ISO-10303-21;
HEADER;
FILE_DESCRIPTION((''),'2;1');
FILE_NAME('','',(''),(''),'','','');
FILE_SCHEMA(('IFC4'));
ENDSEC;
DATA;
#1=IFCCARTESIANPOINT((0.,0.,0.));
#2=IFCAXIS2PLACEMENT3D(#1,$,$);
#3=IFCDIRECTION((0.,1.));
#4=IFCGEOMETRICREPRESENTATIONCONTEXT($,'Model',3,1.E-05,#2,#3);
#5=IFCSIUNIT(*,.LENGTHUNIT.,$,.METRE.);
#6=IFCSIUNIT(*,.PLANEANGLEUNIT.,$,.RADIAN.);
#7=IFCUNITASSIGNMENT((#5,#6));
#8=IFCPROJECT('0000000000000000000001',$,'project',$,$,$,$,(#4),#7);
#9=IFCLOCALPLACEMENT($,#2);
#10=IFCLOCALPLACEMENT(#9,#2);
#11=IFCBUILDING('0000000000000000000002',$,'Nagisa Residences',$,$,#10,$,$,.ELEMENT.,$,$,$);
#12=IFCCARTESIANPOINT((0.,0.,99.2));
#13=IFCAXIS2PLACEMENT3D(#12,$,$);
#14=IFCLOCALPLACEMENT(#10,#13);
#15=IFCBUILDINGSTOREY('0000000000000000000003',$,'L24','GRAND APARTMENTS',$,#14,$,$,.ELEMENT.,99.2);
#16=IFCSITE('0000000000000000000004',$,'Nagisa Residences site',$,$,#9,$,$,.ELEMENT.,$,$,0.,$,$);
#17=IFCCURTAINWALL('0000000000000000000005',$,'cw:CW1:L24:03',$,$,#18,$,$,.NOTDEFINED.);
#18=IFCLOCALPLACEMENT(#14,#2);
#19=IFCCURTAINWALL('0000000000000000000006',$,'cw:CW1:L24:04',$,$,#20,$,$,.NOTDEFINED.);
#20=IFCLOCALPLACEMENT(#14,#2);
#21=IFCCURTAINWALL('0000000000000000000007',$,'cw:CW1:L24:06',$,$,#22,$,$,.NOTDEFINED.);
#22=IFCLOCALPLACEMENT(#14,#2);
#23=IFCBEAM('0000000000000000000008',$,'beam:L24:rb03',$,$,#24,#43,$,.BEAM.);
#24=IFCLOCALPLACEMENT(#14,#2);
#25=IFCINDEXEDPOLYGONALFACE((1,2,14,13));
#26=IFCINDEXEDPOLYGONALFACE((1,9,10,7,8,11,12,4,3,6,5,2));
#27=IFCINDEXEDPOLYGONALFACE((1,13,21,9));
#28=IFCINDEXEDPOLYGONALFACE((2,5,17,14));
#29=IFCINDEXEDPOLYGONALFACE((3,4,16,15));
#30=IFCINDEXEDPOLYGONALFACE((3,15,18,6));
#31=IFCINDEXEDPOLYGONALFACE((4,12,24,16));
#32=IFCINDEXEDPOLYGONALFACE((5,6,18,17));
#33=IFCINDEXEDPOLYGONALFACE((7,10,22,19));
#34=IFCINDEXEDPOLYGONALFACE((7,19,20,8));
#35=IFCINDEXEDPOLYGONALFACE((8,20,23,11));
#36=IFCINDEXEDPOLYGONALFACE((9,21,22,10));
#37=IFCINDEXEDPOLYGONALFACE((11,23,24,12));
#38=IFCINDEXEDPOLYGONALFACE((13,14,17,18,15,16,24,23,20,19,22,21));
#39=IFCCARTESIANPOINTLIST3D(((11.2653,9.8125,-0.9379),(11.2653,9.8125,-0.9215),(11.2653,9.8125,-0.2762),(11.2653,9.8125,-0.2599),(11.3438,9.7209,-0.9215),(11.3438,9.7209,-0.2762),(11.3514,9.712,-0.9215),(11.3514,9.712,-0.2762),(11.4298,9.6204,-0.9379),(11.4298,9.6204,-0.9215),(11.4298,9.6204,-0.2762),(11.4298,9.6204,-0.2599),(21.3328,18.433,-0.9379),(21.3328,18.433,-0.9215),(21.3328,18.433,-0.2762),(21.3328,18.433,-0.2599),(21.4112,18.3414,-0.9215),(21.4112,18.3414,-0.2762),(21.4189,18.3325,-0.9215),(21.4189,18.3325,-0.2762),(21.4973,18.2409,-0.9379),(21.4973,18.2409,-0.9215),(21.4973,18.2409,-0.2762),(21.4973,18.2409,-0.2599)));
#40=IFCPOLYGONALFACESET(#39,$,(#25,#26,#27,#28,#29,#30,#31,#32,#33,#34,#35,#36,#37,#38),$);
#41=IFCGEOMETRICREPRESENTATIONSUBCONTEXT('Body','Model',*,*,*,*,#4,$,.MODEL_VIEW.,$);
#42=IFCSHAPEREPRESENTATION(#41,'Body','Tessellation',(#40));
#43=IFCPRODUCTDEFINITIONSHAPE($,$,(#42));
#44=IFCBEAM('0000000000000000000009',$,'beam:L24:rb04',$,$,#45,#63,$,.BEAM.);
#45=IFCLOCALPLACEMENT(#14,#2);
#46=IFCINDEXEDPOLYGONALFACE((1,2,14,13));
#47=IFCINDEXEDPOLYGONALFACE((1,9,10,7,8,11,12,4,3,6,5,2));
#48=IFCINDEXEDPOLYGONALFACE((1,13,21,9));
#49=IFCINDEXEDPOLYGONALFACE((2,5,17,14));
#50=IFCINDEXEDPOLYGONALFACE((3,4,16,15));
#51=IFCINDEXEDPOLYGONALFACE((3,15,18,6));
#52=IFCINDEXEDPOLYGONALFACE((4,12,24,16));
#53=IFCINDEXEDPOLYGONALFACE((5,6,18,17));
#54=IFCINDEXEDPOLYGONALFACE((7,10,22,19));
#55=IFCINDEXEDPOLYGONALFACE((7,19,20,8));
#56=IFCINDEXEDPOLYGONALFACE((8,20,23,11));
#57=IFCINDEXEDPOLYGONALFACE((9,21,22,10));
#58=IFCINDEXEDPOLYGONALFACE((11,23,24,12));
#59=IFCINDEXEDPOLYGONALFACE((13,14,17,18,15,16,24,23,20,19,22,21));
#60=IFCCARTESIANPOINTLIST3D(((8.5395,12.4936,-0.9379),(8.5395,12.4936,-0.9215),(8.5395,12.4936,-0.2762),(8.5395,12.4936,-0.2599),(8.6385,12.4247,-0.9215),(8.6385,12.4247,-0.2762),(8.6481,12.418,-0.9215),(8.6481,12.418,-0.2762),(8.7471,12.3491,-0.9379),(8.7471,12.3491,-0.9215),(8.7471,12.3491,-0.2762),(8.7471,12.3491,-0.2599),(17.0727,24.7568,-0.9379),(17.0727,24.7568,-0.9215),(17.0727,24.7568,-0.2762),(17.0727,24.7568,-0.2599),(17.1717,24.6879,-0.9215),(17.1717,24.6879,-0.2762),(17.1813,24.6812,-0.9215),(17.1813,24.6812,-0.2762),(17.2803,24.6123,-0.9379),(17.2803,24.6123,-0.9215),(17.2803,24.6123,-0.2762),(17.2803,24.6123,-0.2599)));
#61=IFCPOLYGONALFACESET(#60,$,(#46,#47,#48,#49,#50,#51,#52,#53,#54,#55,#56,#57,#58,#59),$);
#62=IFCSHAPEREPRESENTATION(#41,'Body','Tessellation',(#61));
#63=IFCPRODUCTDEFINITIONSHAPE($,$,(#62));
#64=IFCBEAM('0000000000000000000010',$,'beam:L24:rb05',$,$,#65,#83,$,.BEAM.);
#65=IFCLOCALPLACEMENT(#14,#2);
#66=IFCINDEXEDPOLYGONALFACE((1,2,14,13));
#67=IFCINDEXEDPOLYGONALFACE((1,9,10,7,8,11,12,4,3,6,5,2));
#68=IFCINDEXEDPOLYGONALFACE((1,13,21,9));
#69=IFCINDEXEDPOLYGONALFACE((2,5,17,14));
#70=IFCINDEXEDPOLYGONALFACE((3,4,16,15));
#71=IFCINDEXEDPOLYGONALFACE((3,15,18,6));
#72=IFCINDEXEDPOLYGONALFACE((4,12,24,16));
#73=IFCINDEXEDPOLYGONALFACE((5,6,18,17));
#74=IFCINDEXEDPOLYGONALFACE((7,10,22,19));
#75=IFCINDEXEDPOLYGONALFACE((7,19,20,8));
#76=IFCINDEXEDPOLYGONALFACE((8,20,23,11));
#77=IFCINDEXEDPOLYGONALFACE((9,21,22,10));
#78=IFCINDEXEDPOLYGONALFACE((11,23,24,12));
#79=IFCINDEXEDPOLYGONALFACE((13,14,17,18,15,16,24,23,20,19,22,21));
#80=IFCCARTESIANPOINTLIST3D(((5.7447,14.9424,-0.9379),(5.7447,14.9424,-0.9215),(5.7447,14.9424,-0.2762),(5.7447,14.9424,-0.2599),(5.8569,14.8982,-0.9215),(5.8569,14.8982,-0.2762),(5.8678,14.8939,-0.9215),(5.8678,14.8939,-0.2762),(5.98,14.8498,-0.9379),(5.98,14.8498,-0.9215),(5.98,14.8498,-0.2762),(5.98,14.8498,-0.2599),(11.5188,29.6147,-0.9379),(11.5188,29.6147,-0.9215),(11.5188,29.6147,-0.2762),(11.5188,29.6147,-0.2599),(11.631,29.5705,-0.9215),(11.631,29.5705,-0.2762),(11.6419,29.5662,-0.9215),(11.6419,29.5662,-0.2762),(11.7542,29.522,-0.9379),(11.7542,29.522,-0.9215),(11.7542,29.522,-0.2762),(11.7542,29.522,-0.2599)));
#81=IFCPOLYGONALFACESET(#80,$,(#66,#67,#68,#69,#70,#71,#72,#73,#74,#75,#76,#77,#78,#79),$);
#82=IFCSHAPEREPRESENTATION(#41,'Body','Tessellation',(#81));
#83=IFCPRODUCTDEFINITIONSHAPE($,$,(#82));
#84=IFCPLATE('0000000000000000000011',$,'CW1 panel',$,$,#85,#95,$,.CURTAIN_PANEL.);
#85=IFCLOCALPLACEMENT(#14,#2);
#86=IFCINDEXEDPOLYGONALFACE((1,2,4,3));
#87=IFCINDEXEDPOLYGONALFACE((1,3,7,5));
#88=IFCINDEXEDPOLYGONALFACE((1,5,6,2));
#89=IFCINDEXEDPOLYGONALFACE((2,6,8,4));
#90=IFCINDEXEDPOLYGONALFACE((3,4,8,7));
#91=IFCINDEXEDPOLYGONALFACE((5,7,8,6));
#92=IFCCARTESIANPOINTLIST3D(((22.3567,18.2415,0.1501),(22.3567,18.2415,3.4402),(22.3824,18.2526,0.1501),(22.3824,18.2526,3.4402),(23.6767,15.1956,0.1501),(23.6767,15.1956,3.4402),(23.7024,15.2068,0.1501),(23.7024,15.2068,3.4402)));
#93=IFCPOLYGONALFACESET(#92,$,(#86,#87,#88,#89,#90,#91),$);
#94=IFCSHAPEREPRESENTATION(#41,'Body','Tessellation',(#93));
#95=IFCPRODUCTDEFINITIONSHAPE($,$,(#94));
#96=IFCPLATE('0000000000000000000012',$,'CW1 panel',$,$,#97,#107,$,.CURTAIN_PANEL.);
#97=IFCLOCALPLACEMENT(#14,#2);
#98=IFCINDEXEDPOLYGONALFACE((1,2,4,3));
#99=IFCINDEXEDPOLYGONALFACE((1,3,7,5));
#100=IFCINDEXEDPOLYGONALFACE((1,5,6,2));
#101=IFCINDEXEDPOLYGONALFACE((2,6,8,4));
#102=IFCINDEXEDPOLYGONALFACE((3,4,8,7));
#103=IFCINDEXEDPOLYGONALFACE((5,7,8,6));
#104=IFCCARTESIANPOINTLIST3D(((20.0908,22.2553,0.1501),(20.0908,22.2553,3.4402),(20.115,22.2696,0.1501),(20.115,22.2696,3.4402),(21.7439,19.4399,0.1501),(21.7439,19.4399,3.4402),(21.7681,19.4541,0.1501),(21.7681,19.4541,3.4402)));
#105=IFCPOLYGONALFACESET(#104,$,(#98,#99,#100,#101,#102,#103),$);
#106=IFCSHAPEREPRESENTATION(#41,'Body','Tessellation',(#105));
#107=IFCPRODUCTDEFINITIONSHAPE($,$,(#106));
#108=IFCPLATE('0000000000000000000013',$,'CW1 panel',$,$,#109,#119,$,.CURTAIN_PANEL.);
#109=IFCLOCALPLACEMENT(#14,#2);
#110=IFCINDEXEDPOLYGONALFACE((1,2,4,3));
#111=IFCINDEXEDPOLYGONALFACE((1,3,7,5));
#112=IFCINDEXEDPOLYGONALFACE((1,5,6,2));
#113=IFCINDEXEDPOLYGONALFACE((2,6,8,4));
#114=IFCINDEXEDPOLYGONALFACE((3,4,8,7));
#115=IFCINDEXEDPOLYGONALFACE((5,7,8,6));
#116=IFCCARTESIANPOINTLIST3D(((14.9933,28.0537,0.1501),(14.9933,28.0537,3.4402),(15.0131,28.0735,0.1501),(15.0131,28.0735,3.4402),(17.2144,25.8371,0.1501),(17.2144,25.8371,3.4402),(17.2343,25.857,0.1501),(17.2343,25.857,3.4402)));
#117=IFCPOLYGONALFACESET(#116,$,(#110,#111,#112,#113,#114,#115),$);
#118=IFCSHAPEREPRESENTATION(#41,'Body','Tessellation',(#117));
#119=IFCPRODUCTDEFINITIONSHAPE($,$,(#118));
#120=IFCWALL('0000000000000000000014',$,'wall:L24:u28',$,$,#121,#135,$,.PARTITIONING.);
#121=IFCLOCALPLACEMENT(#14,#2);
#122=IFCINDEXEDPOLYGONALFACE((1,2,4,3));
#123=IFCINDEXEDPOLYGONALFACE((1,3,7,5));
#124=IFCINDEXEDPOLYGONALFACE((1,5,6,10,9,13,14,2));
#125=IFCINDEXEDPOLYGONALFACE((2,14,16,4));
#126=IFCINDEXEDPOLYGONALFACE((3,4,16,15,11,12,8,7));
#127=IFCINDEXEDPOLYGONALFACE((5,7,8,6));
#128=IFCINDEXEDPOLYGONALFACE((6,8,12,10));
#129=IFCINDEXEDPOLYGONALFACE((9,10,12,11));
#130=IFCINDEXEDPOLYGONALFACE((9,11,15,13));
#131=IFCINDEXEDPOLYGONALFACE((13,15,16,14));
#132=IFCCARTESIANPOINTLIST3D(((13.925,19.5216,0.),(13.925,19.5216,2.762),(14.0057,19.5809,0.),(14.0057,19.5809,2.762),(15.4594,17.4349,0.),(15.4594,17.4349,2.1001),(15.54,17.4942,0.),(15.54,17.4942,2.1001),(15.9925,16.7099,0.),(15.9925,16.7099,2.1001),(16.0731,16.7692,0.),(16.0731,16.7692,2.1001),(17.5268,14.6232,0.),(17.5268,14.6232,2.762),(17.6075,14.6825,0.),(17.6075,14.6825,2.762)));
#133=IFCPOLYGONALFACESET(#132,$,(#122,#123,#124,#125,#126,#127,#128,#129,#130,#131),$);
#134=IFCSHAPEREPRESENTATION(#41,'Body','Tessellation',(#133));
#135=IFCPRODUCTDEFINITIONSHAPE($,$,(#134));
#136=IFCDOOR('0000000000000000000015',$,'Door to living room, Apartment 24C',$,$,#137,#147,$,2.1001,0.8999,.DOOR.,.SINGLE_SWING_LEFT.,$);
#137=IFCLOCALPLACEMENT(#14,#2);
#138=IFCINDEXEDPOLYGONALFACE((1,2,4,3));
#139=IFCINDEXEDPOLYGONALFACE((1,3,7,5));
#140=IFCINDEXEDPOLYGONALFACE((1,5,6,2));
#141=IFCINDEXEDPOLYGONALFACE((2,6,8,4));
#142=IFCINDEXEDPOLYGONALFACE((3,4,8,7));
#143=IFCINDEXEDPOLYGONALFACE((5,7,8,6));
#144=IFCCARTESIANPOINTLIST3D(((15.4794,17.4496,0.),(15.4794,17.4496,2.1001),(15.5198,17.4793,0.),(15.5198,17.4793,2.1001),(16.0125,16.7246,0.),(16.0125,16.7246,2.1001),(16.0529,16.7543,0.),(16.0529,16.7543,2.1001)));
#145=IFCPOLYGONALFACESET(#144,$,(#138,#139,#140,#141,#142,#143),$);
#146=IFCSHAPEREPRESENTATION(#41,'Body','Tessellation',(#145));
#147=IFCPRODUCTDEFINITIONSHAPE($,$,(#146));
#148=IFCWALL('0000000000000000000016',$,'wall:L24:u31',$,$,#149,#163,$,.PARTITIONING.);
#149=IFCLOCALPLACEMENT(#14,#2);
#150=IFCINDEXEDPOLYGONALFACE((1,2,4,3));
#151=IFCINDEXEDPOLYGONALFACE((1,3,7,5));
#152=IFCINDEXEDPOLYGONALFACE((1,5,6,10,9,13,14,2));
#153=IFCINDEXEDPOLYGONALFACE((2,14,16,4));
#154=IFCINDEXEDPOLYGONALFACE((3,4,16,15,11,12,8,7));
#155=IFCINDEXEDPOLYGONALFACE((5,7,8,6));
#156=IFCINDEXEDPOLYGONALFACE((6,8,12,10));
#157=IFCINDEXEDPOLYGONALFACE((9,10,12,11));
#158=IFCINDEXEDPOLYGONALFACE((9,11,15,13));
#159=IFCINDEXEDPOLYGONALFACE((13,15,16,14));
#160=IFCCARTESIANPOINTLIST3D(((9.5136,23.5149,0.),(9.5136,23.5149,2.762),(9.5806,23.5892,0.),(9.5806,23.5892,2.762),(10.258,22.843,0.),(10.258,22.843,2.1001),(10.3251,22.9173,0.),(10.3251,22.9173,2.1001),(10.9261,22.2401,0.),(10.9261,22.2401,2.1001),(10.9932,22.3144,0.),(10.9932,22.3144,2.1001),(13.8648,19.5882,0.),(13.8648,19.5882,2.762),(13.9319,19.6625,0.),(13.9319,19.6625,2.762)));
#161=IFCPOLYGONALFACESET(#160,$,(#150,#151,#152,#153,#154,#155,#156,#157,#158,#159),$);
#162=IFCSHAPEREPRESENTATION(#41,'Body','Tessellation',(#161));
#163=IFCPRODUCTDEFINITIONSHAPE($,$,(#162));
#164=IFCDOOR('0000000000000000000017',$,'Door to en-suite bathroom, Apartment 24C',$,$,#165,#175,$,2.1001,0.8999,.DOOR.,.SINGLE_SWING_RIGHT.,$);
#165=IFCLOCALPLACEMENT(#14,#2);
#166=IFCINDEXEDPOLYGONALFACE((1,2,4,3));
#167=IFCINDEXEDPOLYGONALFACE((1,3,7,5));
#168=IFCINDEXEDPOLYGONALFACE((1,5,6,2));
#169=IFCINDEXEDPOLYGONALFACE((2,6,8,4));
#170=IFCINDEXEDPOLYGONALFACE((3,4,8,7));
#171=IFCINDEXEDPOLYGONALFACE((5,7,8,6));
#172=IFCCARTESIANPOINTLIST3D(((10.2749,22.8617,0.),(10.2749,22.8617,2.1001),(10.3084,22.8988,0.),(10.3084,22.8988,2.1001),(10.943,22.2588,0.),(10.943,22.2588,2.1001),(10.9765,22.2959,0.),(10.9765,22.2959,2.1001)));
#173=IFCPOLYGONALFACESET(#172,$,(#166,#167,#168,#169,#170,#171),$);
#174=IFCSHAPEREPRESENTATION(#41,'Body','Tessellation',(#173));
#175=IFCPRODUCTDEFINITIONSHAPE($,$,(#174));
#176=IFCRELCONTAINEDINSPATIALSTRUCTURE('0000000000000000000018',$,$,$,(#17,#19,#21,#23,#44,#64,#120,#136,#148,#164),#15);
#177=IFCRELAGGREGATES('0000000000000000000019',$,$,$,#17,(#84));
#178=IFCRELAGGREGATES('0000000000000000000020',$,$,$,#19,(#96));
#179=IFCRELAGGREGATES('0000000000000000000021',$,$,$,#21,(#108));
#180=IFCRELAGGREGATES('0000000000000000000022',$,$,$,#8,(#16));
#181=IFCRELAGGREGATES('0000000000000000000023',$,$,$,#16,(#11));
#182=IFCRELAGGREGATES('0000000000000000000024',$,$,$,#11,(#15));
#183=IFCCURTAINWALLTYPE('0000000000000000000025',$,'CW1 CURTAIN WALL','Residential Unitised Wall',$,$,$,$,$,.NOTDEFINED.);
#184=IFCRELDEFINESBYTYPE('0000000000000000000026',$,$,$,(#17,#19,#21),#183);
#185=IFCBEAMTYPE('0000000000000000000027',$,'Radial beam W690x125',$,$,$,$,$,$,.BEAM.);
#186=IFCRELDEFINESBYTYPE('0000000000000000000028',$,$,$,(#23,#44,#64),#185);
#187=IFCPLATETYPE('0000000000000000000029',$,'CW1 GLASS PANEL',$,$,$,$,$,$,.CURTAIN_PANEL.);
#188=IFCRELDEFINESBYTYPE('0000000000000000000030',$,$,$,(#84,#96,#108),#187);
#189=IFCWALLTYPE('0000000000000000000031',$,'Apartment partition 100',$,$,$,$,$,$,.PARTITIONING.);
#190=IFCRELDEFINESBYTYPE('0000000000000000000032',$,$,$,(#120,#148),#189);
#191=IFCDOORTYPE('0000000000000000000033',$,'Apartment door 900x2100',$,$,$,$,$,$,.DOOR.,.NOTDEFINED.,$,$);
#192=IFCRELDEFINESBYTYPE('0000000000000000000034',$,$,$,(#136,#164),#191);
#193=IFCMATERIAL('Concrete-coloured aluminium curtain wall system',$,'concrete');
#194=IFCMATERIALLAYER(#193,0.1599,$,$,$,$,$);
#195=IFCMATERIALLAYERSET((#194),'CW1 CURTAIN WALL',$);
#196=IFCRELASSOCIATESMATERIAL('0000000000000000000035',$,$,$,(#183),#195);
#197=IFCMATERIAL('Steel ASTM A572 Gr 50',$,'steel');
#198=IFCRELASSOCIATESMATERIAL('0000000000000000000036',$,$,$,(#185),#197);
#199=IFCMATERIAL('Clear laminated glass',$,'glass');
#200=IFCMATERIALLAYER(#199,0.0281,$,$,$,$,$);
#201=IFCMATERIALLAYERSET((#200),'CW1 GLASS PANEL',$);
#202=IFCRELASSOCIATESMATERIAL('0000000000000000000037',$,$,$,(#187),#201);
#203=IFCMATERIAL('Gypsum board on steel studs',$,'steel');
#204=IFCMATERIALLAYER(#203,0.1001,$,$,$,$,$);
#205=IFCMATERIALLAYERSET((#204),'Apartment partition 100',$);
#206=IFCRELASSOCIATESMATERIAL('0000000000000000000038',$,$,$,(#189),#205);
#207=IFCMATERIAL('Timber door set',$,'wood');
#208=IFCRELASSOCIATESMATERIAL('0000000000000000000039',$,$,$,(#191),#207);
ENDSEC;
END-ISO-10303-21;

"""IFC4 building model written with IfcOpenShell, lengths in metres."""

from ifc_helpers import new_model, si_unit, direction, frame, frame_2d, origin, origin_2d, place, context, subcontext, project, spatial, rectangle, i_section, extrude, material, layer, layer_set, material_profile, profile_set, type_object, element, fill, aggregate, save


model = new_model("IFC4")

# Units and contexts
model_context = context("Model", 3, precision=1e-05, world=origin(), true_north=direction((0.0, 1.0)))
body_context = subcontext(model_context, "Body", "Model", "MODEL_VIEW")
ifc_project = project(units=[si_unit("LENGTHUNIT", "METRE"), si_unit("PLANEANGLEUNIT", "RADIAN")], contexts=[model_context])

# Site, building, storey
site_placement = place(None, origin())
site = spatial("IfcSite", under=ifc_project, at=site_placement, Name="Nagisa Residences site", CompositionType="ELEMENT", RefElevation=0.0)
building_placement = place(site_placement, origin())
building = spatial("IfcBuilding", under=site, at=building_placement, Name="Nagisa Residences", CompositionType="ELEMENT")
storey_placement = place(building_placement, frame((0.0, 0.0, 99.2)))
storey = spatial("IfcBuildingStorey", under=building, at=storey_placement, Name="L24", Description="GRAND APARTMENTS", CompositionType="ELEMENT", Elevation=99.2)

# Curtain walls
ifc_material_1 = material(Name="Concrete-coloured aluminium curtain wall system", Category="concrete")
ifc_layer_1 = layer(ifc_material_1, 0.1599)
ifc_layer_set_1 = layer_set([ifc_layer_1], Name="CW1 CURTAIN WALL")
curtain_wall_type = type_object("IfcCurtainWallType", Name="CW1 CURTAIN WALL", Description="Residential Unitised Wall", PredefinedType="NOTDEFINED", material=ifc_layer_set_1)
curtain_wall_1_placement = place(storey_placement, origin())
curtain_wall_1 = element("IfcCurtainWall", 1, at=curtain_wall_1_placement, inside=storey, type_object=curtain_wall_type, Name="cw:CW1:L24:03", PredefinedType="NOTDEFINED")
curtain_wall_2_placement = place(storey_placement, origin())
curtain_wall_2 = element("IfcCurtainWall", 2, at=curtain_wall_2_placement, inside=storey, type_object=curtain_wall_type, Name="cw:CW1:L24:04", PredefinedType="NOTDEFINED")
curtain_wall_3_placement = place(storey_placement, origin())
curtain_wall_3 = element("IfcCurtainWall", 3, at=curtain_wall_3_placement, inside=storey, type_object=curtain_wall_type, Name="cw:CW1:L24:06", PredefinedType="NOTDEFINED")

# Beams
ifc_material_2 = material(Name="Steel ASTM A572 Gr 50", Category="steel")
ifc_material_profile_1 = material_profile(ifc_material_2, i_section(OverallWidth=0.2529, OverallDepth=0.678, WebThickness=0.0117, FlangeThickness=0.0164, at=origin_2d()), Name="W690x125")
ifc_profile_set_1 = profile_set([ifc_material_profile_1], Name="Steel ASTM A572 Gr 50")
beam_type_1 = type_object("IfcBeamType", Name="Radial beam W690x125", PredefinedType="BEAM", material=ifc_profile_set_1)
beam_1_placement = place(storey_placement, frame((21.415, 18.3369, -0.5989), z_axis=(-0.759585, -0.650407, 0.0), x_axis=(0.650407, -0.759585, 0.0)))
element("IfcBeam", 4, at=beam_1_placement, inside=storey, type_object=beam_type_1, Name="beam:L24:rb03", PredefinedType="BEAM", context=body_context, shape_type="SweptSolid", body=[
    extrude(i_section(OverallWidth=0.2529, OverallDepth=0.678, WebThickness=0.0117, FlangeThickness=0.0164, at=origin_2d()), origin(), (0.0, 0.0, 1.0), 13.2539),
])
beam_2_placement = place(storey_placement, frame((17.1765, 24.6846, -0.5989), z_axis=(-0.571168, -0.820833, 0.0), x_axis=(0.820833, -0.571168, 0.0)))
element("IfcBeam", 5, at=beam_2_placement, inside=storey, type_object=beam_type_1, Name="beam:L24:rb04", PredefinedType="BEAM", context=body_context, shape_type="SweptSolid", body=[
    extrude(i_section(OverallWidth=0.2529, OverallDepth=0.678, WebThickness=0.0117, FlangeThickness=0.0164, at=origin_2d()), origin(), (0.0, 0.0, 1.0), 14.9399),
])
beam_3_placement = place(storey_placement, frame((11.6365, 29.5684, -0.5989), z_axis=(-0.366203, -0.930535, 0.0), x_axis=(0.930535, -0.366203, 0.0)))
element("IfcBeam", 6, at=beam_3_placement, inside=storey, type_object=beam_type_1, Name="beam:L24:rb05", PredefinedType="BEAM", context=body_context, shape_type="SweptSolid", body=[
    extrude(i_section(OverallWidth=0.2529, OverallDepth=0.678, WebThickness=0.0117, FlangeThickness=0.0164, at=origin_2d()), origin(), (0.0, 0.0, 1.0), 15.7676),
])

# Plates
ifc_material_3 = material(Name="Clear laminated glass", Category="glass")
ifc_layer_2 = layer(ifc_material_3, 0.0281)
ifc_layer_set_2 = layer_set([ifc_layer_2], Name="CW1 GLASS PANEL")
plate_type = type_object("IfcPlateType", Name="CW1 GLASS PANEL", PredefinedType="CURTAIN_PANEL", material=ifc_layer_set_2)
plate_1_placement = place(storey_placement, frame((23.0295, 16.7241, 0.1501), z_axis=(0.0, 0.0, 1.0), x_axis=(-0.397636, 0.917543, 0.0)))
plate_1 = element("IfcPlate", 7, at=plate_1_placement, type_object=plate_type, Name="CW1 panel", PredefinedType="CURTAIN_PANEL", context=body_context, shape_type="SweptSolid", body=[
    extrude(rectangle(XDim=3.3196, YDim=0.0281, at=origin_2d()), origin(), (0.0, 0.0, 1.0), 3.29),
])
aggregate(curtain_wall_1, [plate_1])
plate_2_placement = place(storey_placement, frame((20.9294, 20.8547, 0.1501), z_axis=(0.0, 0.0, 1.0), x_axis=(-0.506349, 0.862329, 0.0)))
plate_2 = element("IfcPlate", 8, at=plate_2_placement, type_object=plate_type, Name="CW1 panel", PredefinedType="CURTAIN_PANEL", context=body_context, shape_type="SweptSolid", body=[
    extrude(rectangle(XDim=3.2649, YDim=0.0281, at=origin_2d()), origin(), (0.0, 0.0, 1.0), 3.29),
])
aggregate(curtain_wall_2, [plate_2])
plate_3_placement = place(storey_placement, frame((16.1138, 26.9553, 0.1501), z_axis=(0.0, 0.0, 1.0), x_axis=(-0.707836, 0.706377, 0.0)))
plate_3 = element("IfcPlate", 9, at=plate_3_placement, type_object=plate_type, Name="CW1 panel", PredefinedType="CURTAIN_PANEL", context=body_context, shape_type="SweptSolid", body=[
    extrude(rectangle(XDim=3.1379, YDim=0.0281, at=origin_2d()), origin(), (0.0, 0.0, 1.0), 3.29),
])
aggregate(curtain_wall_3, [plate_3])

# Walls, openings, doors
ifc_material_4 = material(Name="Gypsum board on steel studs", Category="steel")
ifc_layer_3 = layer(ifc_material_4, 0.1001)
ifc_layer_set_3 = layer_set([ifc_layer_3], Name="Apartment partition 100")
wall_type_1 = type_object("IfcWallType", Name="Apartment partition 100", PredefinedType="PARTITIONING", material=ifc_layer_set_3)
wall_1_placement = place(storey_placement, frame((17.5671, 14.6528, 0.0), z_axis=(0.0, 0.0, 1.0), x_axis=(-0.592392, 0.80565, 0.0)))
wall_1 = element("IfcWall", 10, at=wall_1_placement, inside=storey, type_object=wall_type_1, Name="wall:L24:u28", PredefinedType="PARTITIONING", context=body_context, shape_type="SweptSolid", body=[
    extrude(rectangle(XDim=6.0801, YDim=0.1001, at=frame_2d((3.04, 0.0))), origin(), (0.0, 0.0, 1.0), 2.762),
])
opening_1_placement = place(wall_1_placement, frame((2.5901, 0.0, 0.0)))
opening_1 = element("IfcOpeningElement", 11, at=opening_1_placement, cuts=wall_1, PredefinedType="OPENING", context=body_context, shape_type="SweptSolid", body=[
    extrude(rectangle(XDim=0.8999, YDim=2.1001, at=frame_2d((0.45, 1.05))), frame((0.0, 0.0601, 0.0), z_axis=(0.0, -1.0, 0.0), x_axis=(1.0, 0.0, 0.0)), (0.0, 0.0, 1.0), 0.1201),
])
ifc_material_5 = material(Name="Timber door set", Category="wood")
door_type_1 = type_object("IfcDoorType", Name="Apartment door 900x2100", OperationType="NOTDEFINED", PredefinedType="DOOR", material=ifc_material_5)
door_1_placement = place(opening_1_placement, frame((0.8999, 0.0, 0.0), x_axis=(-1.0, 0.0, 0.0)))
door_1 = element("IfcDoor", 12, at=door_1_placement, inside=storey, type_object=door_type_1, Name="Door to living room, Apartment 24C", OperationType="SINGLE_SWING_LEFT", OverallHeight=2.1001, OverallWidth=0.8999, PredefinedType="DOOR", context=body_context, shape_type="SweptSolid", body=[
    extrude(rectangle(XDim=0.8999, YDim=2.1001, at=frame_2d((0.45, 1.05))), frame((0.0, 0.0249, 0.0), z_axis=(0.0, -1.0, 0.0), x_axis=(1.0, 0.0, 0.0)), (0.0, 0.0, 1.0), 0.05),
])
fill(opening_1, door_1)
wall_2_placement = place(storey_placement, frame((13.8984, 19.6252, 0.0), z_axis=(0.0, 0.0, 1.0), x_axis=(-0.742397, 0.669961, 0.0)))
wall_2 = element("IfcWall", 13, at=wall_2_placement, inside=storey, type_object=wall_type_1, Name="wall:L24:u31", PredefinedType="PARTITIONING", context=body_context, shape_type="SweptSolid", body=[
    extrude(rectangle(XDim=5.8611, YDim=0.1001, at=frame_2d((2.9307, 0.0))), origin(), (0.0, 0.0, 1.0), 2.762),
])
opening_2_placement = place(wall_2_placement, frame((3.9585, 0.0, 0.0)))
opening_2 = element("IfcOpeningElement", 14, at=opening_2_placement, cuts=wall_2, PredefinedType="OPENING", context=body_context, shape_type="SweptSolid", body=[
    extrude(rectangle(XDim=0.8999, YDim=2.1001, at=frame_2d((0.45, 1.05))), frame((0.0, 0.0601, 0.0), z_axis=(0.0, -1.0, 0.0), x_axis=(1.0, 0.0, 0.0)), (0.0, 0.0, 1.0), 0.1201),
])
door_2_placement = place(opening_2_placement, origin())
door_2 = element("IfcDoor", 15, at=door_2_placement, inside=storey, type_object=door_type_1, Name="Door to en-suite bathroom, Apartment 24C", OperationType="SINGLE_SWING_RIGHT", OverallHeight=2.1001, OverallWidth=0.8999, PredefinedType="DOOR", context=body_context, shape_type="SweptSolid", body=[
    extrude(rectangle(XDim=0.8999, YDim=2.1001, at=frame_2d((0.45, 1.05))), frame((0.0, 0.0249, 0.0), z_axis=(0.0, -1.0, 0.0), x_axis=(1.0, 0.0, 0.0)), (0.0, 0.0, 1.0), 0.05),
])
fill(opening_2, door_2)

save(model, "model.ifc")
